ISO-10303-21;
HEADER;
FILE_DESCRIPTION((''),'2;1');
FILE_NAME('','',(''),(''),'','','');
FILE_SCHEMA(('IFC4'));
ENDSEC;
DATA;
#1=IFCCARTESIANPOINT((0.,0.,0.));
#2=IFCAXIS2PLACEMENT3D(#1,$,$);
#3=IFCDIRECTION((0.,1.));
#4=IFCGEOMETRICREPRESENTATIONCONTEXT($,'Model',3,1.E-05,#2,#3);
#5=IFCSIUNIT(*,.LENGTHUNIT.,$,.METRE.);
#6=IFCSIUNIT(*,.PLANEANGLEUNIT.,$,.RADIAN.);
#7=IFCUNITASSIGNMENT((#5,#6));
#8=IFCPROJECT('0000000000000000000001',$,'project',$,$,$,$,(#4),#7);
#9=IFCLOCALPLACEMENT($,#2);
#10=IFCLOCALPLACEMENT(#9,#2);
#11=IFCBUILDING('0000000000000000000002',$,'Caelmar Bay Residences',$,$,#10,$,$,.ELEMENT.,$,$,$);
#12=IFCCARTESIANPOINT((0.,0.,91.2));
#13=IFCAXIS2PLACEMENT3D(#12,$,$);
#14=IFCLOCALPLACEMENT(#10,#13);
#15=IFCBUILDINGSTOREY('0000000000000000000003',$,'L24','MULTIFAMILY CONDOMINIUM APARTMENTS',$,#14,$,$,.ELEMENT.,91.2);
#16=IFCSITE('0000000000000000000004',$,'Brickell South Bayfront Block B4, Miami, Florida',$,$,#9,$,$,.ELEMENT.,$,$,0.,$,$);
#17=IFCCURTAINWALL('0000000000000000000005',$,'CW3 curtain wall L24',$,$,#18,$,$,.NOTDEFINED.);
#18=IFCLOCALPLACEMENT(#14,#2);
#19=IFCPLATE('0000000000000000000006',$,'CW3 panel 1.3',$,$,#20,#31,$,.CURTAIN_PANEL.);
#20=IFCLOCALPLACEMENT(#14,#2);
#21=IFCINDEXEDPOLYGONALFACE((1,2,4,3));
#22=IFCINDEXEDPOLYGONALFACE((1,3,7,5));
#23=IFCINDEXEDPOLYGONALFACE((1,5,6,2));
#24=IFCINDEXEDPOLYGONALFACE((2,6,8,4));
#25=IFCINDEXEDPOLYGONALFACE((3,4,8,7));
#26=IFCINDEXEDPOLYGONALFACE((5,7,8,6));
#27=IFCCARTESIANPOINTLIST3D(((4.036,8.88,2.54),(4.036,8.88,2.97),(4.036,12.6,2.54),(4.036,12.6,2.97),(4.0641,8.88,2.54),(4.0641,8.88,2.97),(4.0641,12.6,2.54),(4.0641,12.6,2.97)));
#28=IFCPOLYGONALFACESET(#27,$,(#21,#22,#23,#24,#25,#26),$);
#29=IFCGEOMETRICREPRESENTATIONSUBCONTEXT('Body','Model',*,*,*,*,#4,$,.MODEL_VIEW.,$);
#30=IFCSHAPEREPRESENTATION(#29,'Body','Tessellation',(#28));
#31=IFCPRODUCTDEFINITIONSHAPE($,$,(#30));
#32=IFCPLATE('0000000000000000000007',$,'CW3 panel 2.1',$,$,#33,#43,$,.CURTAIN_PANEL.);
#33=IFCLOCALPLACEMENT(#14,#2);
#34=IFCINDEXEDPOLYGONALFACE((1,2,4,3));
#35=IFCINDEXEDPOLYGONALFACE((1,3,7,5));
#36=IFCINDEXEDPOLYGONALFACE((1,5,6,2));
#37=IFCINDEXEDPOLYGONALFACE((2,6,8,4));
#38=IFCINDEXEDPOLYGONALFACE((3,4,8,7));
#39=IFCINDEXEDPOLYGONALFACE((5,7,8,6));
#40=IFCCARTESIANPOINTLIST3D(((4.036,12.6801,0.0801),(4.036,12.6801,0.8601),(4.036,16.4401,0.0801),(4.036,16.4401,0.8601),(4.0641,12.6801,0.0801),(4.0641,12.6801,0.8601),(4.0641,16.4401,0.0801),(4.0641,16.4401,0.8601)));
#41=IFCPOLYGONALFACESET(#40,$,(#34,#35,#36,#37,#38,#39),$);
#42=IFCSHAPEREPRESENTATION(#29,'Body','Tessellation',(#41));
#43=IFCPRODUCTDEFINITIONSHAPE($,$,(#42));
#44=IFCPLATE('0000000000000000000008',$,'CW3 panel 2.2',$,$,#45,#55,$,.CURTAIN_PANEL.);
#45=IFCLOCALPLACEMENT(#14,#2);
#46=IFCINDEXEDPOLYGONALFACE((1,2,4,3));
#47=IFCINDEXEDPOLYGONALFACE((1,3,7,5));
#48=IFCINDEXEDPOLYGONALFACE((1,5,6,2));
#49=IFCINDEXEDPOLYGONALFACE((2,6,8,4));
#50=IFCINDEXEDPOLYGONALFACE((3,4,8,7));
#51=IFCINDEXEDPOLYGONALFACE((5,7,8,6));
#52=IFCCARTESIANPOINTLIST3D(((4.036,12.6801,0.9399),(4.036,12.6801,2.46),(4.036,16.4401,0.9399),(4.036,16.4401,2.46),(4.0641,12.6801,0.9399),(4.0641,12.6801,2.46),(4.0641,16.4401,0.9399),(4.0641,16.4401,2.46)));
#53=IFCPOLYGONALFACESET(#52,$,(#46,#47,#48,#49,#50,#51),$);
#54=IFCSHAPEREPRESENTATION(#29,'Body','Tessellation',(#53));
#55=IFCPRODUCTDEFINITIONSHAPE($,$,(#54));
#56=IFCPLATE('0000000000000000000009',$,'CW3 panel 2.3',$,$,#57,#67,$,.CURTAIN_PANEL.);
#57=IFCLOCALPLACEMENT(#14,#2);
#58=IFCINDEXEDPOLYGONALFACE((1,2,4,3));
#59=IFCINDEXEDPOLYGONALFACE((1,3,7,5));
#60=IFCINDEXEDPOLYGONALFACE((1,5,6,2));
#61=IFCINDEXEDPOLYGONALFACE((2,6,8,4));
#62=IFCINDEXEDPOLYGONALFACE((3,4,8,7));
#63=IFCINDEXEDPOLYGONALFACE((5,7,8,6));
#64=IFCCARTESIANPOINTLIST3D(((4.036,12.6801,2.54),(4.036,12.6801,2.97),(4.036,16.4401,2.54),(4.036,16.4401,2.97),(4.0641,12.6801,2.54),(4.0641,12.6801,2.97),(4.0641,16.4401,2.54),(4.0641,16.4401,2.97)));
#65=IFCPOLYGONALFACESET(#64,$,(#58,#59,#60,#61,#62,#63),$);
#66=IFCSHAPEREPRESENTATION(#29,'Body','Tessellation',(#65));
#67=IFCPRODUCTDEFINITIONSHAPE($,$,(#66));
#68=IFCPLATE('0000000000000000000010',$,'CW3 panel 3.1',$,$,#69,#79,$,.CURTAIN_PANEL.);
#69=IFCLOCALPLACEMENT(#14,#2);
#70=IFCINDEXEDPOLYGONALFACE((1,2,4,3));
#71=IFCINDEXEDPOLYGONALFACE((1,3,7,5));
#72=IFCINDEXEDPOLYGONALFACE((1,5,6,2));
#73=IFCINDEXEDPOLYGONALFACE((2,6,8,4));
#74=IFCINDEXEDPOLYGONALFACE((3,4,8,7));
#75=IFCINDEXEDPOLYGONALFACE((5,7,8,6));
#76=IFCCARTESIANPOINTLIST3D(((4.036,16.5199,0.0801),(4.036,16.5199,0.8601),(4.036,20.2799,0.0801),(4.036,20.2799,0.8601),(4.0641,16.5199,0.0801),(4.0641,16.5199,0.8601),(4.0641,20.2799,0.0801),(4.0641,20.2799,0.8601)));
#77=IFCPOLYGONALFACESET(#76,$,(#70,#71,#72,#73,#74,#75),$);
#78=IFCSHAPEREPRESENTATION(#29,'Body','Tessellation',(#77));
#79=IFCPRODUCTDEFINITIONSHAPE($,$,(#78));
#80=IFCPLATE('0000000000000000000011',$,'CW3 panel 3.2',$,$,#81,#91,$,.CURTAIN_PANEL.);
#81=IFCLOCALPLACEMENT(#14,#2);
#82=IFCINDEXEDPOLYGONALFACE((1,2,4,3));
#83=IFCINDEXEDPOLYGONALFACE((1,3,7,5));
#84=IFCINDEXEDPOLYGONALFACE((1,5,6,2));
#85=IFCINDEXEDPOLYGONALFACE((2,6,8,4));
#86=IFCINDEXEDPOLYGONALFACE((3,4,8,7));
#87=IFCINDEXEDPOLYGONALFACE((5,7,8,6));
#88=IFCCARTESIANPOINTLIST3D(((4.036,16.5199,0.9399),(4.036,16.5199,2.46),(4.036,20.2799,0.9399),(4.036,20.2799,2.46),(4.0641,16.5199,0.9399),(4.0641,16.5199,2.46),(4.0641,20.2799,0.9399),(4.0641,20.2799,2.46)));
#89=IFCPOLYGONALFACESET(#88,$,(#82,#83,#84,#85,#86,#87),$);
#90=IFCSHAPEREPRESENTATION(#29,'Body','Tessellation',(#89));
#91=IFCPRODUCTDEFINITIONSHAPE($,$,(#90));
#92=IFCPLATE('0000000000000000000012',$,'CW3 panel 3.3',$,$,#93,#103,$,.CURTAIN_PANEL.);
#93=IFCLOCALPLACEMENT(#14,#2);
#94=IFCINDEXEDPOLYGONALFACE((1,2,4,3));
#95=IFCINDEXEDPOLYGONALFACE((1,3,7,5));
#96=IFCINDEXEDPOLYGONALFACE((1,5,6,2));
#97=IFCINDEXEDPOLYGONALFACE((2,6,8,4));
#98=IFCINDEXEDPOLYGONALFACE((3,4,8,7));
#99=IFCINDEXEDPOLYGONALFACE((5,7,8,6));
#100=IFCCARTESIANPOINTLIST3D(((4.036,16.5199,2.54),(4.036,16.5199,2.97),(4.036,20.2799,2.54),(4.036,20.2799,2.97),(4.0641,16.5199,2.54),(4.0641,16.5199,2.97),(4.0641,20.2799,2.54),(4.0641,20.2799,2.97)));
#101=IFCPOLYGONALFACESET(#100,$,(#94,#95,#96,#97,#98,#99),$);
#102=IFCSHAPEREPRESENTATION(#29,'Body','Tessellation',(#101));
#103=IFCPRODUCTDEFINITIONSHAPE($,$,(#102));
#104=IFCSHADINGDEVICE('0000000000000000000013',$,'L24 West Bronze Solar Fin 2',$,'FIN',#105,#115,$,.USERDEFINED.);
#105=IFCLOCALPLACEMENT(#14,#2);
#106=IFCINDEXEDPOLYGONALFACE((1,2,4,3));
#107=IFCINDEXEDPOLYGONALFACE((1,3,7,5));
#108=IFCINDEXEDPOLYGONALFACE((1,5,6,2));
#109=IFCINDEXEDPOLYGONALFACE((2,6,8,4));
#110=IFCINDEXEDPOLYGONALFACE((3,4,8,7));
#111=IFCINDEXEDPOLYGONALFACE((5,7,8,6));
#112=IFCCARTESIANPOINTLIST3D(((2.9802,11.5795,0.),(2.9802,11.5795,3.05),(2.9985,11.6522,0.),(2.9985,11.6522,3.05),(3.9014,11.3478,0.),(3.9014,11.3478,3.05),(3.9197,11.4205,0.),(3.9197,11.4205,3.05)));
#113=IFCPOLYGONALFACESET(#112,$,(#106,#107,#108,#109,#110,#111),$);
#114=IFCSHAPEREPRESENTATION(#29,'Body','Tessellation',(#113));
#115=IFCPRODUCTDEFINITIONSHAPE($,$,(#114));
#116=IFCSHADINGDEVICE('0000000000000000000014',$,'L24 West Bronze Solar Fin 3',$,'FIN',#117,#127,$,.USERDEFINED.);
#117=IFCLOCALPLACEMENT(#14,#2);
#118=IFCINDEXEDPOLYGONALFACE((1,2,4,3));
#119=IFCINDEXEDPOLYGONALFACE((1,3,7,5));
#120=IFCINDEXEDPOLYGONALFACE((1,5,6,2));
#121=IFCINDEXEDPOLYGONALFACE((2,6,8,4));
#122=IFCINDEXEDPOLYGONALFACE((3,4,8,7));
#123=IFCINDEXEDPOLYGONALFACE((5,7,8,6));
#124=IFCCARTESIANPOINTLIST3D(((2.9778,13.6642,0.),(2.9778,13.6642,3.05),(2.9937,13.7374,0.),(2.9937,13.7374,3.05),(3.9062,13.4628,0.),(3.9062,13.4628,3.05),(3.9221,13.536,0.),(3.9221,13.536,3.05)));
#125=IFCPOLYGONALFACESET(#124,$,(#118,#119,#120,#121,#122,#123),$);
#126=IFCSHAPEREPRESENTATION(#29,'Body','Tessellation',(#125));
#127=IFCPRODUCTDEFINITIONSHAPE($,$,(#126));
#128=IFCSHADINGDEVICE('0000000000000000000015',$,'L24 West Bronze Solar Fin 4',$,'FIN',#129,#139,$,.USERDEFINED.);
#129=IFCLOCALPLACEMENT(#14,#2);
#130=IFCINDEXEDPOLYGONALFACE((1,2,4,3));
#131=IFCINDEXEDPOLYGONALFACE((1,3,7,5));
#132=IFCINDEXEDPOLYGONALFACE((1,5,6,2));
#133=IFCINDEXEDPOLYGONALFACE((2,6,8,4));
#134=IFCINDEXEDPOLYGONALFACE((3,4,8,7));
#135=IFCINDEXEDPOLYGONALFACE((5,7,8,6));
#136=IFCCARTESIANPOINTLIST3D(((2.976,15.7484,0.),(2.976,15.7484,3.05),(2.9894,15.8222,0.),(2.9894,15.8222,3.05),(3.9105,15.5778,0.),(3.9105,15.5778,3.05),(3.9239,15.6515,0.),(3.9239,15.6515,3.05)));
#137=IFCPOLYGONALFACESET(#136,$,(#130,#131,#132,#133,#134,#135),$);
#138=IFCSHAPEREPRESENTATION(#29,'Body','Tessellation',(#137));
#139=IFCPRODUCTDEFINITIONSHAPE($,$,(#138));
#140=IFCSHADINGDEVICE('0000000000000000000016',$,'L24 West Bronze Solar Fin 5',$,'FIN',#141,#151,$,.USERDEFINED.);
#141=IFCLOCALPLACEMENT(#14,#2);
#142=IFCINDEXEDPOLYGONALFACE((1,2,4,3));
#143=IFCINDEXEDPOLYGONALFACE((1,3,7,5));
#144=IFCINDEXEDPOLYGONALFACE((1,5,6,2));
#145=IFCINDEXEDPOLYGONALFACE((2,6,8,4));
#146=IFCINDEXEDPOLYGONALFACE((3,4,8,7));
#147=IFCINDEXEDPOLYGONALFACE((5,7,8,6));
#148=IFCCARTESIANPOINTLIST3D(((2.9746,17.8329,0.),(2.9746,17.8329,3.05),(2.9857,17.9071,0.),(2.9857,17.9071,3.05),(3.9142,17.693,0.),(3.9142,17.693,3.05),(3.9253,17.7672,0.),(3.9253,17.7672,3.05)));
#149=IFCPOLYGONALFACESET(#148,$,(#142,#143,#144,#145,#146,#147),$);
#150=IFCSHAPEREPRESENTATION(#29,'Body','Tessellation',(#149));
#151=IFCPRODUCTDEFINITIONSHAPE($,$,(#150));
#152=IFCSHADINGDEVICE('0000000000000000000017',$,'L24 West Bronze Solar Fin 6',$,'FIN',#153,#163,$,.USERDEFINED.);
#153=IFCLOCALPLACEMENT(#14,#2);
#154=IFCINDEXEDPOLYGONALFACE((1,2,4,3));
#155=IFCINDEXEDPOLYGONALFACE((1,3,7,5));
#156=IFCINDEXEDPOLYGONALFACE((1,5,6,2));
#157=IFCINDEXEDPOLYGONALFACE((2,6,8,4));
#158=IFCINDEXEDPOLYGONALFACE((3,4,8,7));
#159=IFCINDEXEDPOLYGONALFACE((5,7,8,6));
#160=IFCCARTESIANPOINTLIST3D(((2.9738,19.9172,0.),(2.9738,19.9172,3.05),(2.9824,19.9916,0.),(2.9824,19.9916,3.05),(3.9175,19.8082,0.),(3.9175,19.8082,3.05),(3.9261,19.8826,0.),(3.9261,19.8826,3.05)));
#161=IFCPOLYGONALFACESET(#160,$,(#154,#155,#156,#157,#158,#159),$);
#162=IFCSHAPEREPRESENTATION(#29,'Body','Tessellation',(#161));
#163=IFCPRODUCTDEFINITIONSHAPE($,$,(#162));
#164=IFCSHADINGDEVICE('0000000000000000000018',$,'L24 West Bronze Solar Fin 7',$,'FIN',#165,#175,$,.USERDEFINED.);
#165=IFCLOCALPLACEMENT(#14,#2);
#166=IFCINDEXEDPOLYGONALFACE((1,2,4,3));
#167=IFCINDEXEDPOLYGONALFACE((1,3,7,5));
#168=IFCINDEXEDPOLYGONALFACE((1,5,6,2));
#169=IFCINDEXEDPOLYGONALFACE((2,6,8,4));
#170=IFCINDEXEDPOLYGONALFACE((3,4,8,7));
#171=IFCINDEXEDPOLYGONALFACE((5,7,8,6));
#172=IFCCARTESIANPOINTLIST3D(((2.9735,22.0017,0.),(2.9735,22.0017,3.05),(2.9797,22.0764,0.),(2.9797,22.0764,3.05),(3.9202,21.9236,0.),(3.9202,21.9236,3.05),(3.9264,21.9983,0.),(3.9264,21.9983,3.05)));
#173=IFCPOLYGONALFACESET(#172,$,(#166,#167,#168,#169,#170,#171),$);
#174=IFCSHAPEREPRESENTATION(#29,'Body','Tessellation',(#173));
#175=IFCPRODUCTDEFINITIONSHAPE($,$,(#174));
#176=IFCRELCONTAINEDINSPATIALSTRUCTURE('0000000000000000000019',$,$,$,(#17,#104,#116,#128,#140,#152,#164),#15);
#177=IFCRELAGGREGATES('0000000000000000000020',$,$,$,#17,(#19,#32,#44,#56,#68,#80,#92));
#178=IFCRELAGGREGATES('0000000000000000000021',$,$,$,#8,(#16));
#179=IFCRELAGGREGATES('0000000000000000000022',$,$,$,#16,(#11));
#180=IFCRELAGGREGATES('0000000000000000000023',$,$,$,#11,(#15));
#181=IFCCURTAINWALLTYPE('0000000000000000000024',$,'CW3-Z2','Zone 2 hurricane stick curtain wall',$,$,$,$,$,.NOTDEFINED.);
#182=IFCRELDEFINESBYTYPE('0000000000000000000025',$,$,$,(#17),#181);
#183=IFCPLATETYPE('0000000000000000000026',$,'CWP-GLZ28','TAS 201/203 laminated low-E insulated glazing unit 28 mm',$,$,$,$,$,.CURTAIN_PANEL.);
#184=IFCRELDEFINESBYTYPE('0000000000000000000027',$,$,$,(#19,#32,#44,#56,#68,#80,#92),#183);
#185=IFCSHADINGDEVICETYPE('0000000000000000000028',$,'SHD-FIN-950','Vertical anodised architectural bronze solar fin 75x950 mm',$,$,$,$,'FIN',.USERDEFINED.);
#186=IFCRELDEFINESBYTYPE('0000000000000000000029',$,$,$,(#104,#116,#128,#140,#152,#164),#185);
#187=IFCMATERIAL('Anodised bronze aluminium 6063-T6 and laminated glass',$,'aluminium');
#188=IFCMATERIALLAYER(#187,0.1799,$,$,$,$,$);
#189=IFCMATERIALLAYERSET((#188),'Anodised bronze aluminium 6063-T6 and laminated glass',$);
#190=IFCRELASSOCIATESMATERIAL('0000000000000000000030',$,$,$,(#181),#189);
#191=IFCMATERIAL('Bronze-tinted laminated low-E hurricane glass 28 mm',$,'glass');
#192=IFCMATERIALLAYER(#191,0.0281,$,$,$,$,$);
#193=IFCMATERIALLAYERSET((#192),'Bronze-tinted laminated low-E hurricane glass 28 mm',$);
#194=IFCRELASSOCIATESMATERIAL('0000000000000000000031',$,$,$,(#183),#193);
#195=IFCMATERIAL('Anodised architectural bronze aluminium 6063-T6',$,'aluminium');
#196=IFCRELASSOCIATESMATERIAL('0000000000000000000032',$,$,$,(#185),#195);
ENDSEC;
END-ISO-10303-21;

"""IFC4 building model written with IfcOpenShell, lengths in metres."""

from ifc_helpers import new_model, si_unit, direction, frame, origin, origin_2d, place, context, subcontext, project, spatial, rectangle, extrude, material, layer, layer_set, material_profile, profile_set, type_object, element, aggregate, save


model = new_model("IFC4")

# Units and contexts
model_context = context("Model", 3, precision=1e-05, world=origin(), true_north=direction((0.0, 1.0)))
body_context = subcontext(model_context, "Body", "Model", "MODEL_VIEW")
ifc_project = project(units=[si_unit("LENGTHUNIT", "METRE"), si_unit("PLANEANGLEUNIT", "RADIAN")], contexts=[model_context])

# Site, building, storey
site_placement = place(None, origin())
site = spatial("IfcSite", under=ifc_project, at=site_placement, Name="Brickell South Bayfront Block B4, Miami, Florida", CompositionType="ELEMENT", RefElevation=0.0)
building_placement = place(site_placement, origin())
building = spatial("IfcBuilding", under=site, at=building_placement, Name="Caelmar Bay Residences", CompositionType="ELEMENT")
storey_placement = place(building_placement, frame((0.0, 0.0, 91.2)))
storey = spatial("IfcBuildingStorey", under=building, at=storey_placement, Name="L24", Description="MULTIFAMILY CONDOMINIUM APARTMENTS", CompositionType="ELEMENT", Elevation=91.2)

# Curtain wall, plates
ifc_material_1 = material(Name="Anodised bronze aluminium 6063-T6 and laminated glass", Category="aluminium")
ifc_layer_1 = layer(ifc_material_1, 0.1799)
ifc_layer_set_1 = layer_set([ifc_layer_1], Name="Anodised bronze aluminium 6063-T6 and laminated glass")
curtain_wall_type = type_object("IfcCurtainWallType", Name="CW3-Z2", Description="Zone 2 hurricane stick curtain wall", PredefinedType="NOTDEFINED", material=ifc_layer_set_1)
curtain_wall_placement = place(storey_placement, origin())
curtain_wall = element("IfcCurtainWall", 1, at=curtain_wall_placement, inside=storey, type_object=curtain_wall_type, Name="CW3 curtain wall L24", PredefinedType="NOTDEFINED")
ifc_material_2 = material(Name="Bronze-tinted laminated low-E hurricane glass 28 mm", Category="glass")
ifc_layer_2 = layer(ifc_material_2, 0.0281)
ifc_layer_set_2 = layer_set([ifc_layer_2], Name="Bronze-tinted laminated low-E hurricane glass 28 mm")
plate_type = type_object("IfcPlateType", Name="CWP-GLZ28", Description="TAS 201/203 laminated low-E insulated glazing unit 28 mm", PredefinedType="CURTAIN_PANEL", material=ifc_layer_set_2)
plate_1_placement = place(storey_placement, frame((4.05, 10.74, 2.54), z_axis=(0.0, 0.0, 1.0), x_axis=(0.0, 1.0, 0.0)))
plate_1 = element("IfcPlate", 2, at=plate_1_placement, type_object=plate_type, Name="CW3 panel 1.3", PredefinedType="CURTAIN_PANEL", context=body_context, shape_type="SweptSolid", body=[
    extrude(rectangle(XDim=3.72, YDim=0.0281, at=origin_2d()), origin(), (0.0, 0.0, 1.0), 0.4299),
])
plate_2_placement = place(storey_placement, frame((4.05, 14.5601, 0.0801), z_axis=(0.0, 0.0, 1.0), x_axis=(0.0, 1.0, 0.0)))
plate_2 = element("IfcPlate", 3, at=plate_2_placement, type_object=plate_type, Name="CW3 panel 2.1", PredefinedType="CURTAIN_PANEL", context=body_context, shape_type="SweptSolid", body=[
    extrude(rectangle(XDim=3.76, YDim=0.0281, at=origin_2d()), origin(), (0.0, 0.0, 1.0), 0.78),
])
plate_3_placement = place(storey_placement, frame((4.05, 14.5601, 0.9399), z_axis=(0.0, 0.0, 1.0), x_axis=(0.0, 1.0, 0.0)))
plate_3 = element("IfcPlate", 4, at=plate_3_placement, type_object=plate_type, Name="CW3 panel 2.2", PredefinedType="CURTAIN_PANEL", context=body_context, shape_type="SweptSolid", body=[
    extrude(rectangle(XDim=3.76, YDim=0.0281, at=origin_2d()), origin(), (0.0, 0.0, 1.0), 1.52),
])
plate_4_placement = place(storey_placement, frame((4.05, 14.5601, 2.54), z_axis=(0.0, 0.0, 1.0), x_axis=(0.0, 1.0, 0.0)))
plate_4 = element("IfcPlate", 5, at=plate_4_placement, type_object=plate_type, Name="CW3 panel 2.3", PredefinedType="CURTAIN_PANEL", context=body_context, shape_type="SweptSolid", body=[
    extrude(rectangle(XDim=3.76, YDim=0.0281, at=origin_2d()), origin(), (0.0, 0.0, 1.0), 0.4299),
])
plate_5_placement = place(storey_placement, frame((4.05, 18.3999, 0.0801), z_axis=(0.0, 0.0, 1.0), x_axis=(0.0, 1.0, 0.0)))
plate_5 = element("IfcPlate", 6, at=plate_5_placement, type_object=plate_type, Name="CW3 panel 3.1", PredefinedType="CURTAIN_PANEL", context=body_context, shape_type="SweptSolid", body=[
    extrude(rectangle(XDim=3.76, YDim=0.0281, at=origin_2d()), origin(), (0.0, 0.0, 1.0), 0.78),
])
plate_6_placement = place(storey_placement, frame((4.05, 18.3999, 0.9399), z_axis=(0.0, 0.0, 1.0), x_axis=(0.0, 1.0, 0.0)))
plate_6 = element("IfcPlate", 7, at=plate_6_placement, type_object=plate_type, Name="CW3 panel 3.2", PredefinedType="CURTAIN_PANEL", context=body_context, shape_type="SweptSolid", body=[
    extrude(rectangle(XDim=3.76, YDim=0.0281, at=origin_2d()), origin(), (0.0, 0.0, 1.0), 1.52),
])
plate_7_placement = place(storey_placement, frame((4.05, 18.3999, 2.54), z_axis=(0.0, 0.0, 1.0), x_axis=(0.0, 1.0, 0.0)))
plate_7 = element("IfcPlate", 8, at=plate_7_placement, type_object=plate_type, Name="CW3 panel 3.3", PredefinedType="CURTAIN_PANEL", context=body_context, shape_type="SweptSolid", body=[
    extrude(rectangle(XDim=3.76, YDim=0.0281, at=origin_2d()), origin(), (0.0, 0.0, 1.0), 0.4299),
])
aggregate(curtain_wall, [plate_1, plate_2, plate_3, plate_4, plate_5, plate_6, plate_7])

# Shading devices
ifc_material_3 = material(Name="Anodised architectural bronze aluminium 6063-T6", Category="aluminium")
ifc_material_profile_1 = material_profile(ifc_material_3, rectangle(XDim=0.075, YDim=0.95, at=origin_2d()), Name="BRONZE-FIN-75X950")
ifc_profile_set_1 = profile_set([ifc_material_profile_1], Name="Anodised architectural bronze aluminium 6063-T6")
shading_device_type = type_object("IfcShadingDeviceType", Name="SHD-FIN-950", Description="Vertical anodised architectural bronze solar fin 75x950 mm", ElementType="FIN", PredefinedType="USERDEFINED", material=ifc_profile_set_1)
for number, where, z_axis, x_axis, name in (
    (9, (3.45, 11.5, 0.0), (0.0, 0.0, 1.0), (0.243954, 0.969787, 0.0), "L24 West Bronze Solar Fin 2"),
    (10, (3.45, 13.6001, 0.0), (0.0, 0.0, 1.0), (0.212007, 0.977268, 0.0), "L24 West Bronze Solar Fin 3"),
    (11, (3.45, 15.7, 0.0), (0.0, 0.0, 1.0), (0.179661, 0.983729, 0.0), "L24 West Bronze Solar Fin 4"),
    (12, (3.45, 17.8, 0.0), (0.0, 0.0, 1.0), (0.147292, 0.989093, 0.0), "L24 West Bronze Solar Fin 5"),
    (13, (3.45, 19.8999, 0.0), (0.0, 0.0, 1.0), (0.114764, 0.993393, 0.0), "L24 West Bronze Solar Fin 6"),
    (14, (3.45, 22.0, 0.0), (0.0, 0.0, 1.0), (0.082112, 0.996623, 0.0), "L24 West Bronze Solar Fin 7"),
):
    element("IfcShadingDevice", number, at=place(storey_placement, frame(where, z_axis=z_axis, x_axis=x_axis)), inside=storey, type_object=shading_device_type, Name=name, ObjectType="FIN", PredefinedType="USERDEFINED", context=body_context, shape_type="SweptSolid", body=[
        extrude(rectangle(XDim=0.075, YDim=0.95, at=origin_2d()), origin(), (0.0, 0.0, 1.0), 3.05),
    ])

save(model, "model.ifc")
